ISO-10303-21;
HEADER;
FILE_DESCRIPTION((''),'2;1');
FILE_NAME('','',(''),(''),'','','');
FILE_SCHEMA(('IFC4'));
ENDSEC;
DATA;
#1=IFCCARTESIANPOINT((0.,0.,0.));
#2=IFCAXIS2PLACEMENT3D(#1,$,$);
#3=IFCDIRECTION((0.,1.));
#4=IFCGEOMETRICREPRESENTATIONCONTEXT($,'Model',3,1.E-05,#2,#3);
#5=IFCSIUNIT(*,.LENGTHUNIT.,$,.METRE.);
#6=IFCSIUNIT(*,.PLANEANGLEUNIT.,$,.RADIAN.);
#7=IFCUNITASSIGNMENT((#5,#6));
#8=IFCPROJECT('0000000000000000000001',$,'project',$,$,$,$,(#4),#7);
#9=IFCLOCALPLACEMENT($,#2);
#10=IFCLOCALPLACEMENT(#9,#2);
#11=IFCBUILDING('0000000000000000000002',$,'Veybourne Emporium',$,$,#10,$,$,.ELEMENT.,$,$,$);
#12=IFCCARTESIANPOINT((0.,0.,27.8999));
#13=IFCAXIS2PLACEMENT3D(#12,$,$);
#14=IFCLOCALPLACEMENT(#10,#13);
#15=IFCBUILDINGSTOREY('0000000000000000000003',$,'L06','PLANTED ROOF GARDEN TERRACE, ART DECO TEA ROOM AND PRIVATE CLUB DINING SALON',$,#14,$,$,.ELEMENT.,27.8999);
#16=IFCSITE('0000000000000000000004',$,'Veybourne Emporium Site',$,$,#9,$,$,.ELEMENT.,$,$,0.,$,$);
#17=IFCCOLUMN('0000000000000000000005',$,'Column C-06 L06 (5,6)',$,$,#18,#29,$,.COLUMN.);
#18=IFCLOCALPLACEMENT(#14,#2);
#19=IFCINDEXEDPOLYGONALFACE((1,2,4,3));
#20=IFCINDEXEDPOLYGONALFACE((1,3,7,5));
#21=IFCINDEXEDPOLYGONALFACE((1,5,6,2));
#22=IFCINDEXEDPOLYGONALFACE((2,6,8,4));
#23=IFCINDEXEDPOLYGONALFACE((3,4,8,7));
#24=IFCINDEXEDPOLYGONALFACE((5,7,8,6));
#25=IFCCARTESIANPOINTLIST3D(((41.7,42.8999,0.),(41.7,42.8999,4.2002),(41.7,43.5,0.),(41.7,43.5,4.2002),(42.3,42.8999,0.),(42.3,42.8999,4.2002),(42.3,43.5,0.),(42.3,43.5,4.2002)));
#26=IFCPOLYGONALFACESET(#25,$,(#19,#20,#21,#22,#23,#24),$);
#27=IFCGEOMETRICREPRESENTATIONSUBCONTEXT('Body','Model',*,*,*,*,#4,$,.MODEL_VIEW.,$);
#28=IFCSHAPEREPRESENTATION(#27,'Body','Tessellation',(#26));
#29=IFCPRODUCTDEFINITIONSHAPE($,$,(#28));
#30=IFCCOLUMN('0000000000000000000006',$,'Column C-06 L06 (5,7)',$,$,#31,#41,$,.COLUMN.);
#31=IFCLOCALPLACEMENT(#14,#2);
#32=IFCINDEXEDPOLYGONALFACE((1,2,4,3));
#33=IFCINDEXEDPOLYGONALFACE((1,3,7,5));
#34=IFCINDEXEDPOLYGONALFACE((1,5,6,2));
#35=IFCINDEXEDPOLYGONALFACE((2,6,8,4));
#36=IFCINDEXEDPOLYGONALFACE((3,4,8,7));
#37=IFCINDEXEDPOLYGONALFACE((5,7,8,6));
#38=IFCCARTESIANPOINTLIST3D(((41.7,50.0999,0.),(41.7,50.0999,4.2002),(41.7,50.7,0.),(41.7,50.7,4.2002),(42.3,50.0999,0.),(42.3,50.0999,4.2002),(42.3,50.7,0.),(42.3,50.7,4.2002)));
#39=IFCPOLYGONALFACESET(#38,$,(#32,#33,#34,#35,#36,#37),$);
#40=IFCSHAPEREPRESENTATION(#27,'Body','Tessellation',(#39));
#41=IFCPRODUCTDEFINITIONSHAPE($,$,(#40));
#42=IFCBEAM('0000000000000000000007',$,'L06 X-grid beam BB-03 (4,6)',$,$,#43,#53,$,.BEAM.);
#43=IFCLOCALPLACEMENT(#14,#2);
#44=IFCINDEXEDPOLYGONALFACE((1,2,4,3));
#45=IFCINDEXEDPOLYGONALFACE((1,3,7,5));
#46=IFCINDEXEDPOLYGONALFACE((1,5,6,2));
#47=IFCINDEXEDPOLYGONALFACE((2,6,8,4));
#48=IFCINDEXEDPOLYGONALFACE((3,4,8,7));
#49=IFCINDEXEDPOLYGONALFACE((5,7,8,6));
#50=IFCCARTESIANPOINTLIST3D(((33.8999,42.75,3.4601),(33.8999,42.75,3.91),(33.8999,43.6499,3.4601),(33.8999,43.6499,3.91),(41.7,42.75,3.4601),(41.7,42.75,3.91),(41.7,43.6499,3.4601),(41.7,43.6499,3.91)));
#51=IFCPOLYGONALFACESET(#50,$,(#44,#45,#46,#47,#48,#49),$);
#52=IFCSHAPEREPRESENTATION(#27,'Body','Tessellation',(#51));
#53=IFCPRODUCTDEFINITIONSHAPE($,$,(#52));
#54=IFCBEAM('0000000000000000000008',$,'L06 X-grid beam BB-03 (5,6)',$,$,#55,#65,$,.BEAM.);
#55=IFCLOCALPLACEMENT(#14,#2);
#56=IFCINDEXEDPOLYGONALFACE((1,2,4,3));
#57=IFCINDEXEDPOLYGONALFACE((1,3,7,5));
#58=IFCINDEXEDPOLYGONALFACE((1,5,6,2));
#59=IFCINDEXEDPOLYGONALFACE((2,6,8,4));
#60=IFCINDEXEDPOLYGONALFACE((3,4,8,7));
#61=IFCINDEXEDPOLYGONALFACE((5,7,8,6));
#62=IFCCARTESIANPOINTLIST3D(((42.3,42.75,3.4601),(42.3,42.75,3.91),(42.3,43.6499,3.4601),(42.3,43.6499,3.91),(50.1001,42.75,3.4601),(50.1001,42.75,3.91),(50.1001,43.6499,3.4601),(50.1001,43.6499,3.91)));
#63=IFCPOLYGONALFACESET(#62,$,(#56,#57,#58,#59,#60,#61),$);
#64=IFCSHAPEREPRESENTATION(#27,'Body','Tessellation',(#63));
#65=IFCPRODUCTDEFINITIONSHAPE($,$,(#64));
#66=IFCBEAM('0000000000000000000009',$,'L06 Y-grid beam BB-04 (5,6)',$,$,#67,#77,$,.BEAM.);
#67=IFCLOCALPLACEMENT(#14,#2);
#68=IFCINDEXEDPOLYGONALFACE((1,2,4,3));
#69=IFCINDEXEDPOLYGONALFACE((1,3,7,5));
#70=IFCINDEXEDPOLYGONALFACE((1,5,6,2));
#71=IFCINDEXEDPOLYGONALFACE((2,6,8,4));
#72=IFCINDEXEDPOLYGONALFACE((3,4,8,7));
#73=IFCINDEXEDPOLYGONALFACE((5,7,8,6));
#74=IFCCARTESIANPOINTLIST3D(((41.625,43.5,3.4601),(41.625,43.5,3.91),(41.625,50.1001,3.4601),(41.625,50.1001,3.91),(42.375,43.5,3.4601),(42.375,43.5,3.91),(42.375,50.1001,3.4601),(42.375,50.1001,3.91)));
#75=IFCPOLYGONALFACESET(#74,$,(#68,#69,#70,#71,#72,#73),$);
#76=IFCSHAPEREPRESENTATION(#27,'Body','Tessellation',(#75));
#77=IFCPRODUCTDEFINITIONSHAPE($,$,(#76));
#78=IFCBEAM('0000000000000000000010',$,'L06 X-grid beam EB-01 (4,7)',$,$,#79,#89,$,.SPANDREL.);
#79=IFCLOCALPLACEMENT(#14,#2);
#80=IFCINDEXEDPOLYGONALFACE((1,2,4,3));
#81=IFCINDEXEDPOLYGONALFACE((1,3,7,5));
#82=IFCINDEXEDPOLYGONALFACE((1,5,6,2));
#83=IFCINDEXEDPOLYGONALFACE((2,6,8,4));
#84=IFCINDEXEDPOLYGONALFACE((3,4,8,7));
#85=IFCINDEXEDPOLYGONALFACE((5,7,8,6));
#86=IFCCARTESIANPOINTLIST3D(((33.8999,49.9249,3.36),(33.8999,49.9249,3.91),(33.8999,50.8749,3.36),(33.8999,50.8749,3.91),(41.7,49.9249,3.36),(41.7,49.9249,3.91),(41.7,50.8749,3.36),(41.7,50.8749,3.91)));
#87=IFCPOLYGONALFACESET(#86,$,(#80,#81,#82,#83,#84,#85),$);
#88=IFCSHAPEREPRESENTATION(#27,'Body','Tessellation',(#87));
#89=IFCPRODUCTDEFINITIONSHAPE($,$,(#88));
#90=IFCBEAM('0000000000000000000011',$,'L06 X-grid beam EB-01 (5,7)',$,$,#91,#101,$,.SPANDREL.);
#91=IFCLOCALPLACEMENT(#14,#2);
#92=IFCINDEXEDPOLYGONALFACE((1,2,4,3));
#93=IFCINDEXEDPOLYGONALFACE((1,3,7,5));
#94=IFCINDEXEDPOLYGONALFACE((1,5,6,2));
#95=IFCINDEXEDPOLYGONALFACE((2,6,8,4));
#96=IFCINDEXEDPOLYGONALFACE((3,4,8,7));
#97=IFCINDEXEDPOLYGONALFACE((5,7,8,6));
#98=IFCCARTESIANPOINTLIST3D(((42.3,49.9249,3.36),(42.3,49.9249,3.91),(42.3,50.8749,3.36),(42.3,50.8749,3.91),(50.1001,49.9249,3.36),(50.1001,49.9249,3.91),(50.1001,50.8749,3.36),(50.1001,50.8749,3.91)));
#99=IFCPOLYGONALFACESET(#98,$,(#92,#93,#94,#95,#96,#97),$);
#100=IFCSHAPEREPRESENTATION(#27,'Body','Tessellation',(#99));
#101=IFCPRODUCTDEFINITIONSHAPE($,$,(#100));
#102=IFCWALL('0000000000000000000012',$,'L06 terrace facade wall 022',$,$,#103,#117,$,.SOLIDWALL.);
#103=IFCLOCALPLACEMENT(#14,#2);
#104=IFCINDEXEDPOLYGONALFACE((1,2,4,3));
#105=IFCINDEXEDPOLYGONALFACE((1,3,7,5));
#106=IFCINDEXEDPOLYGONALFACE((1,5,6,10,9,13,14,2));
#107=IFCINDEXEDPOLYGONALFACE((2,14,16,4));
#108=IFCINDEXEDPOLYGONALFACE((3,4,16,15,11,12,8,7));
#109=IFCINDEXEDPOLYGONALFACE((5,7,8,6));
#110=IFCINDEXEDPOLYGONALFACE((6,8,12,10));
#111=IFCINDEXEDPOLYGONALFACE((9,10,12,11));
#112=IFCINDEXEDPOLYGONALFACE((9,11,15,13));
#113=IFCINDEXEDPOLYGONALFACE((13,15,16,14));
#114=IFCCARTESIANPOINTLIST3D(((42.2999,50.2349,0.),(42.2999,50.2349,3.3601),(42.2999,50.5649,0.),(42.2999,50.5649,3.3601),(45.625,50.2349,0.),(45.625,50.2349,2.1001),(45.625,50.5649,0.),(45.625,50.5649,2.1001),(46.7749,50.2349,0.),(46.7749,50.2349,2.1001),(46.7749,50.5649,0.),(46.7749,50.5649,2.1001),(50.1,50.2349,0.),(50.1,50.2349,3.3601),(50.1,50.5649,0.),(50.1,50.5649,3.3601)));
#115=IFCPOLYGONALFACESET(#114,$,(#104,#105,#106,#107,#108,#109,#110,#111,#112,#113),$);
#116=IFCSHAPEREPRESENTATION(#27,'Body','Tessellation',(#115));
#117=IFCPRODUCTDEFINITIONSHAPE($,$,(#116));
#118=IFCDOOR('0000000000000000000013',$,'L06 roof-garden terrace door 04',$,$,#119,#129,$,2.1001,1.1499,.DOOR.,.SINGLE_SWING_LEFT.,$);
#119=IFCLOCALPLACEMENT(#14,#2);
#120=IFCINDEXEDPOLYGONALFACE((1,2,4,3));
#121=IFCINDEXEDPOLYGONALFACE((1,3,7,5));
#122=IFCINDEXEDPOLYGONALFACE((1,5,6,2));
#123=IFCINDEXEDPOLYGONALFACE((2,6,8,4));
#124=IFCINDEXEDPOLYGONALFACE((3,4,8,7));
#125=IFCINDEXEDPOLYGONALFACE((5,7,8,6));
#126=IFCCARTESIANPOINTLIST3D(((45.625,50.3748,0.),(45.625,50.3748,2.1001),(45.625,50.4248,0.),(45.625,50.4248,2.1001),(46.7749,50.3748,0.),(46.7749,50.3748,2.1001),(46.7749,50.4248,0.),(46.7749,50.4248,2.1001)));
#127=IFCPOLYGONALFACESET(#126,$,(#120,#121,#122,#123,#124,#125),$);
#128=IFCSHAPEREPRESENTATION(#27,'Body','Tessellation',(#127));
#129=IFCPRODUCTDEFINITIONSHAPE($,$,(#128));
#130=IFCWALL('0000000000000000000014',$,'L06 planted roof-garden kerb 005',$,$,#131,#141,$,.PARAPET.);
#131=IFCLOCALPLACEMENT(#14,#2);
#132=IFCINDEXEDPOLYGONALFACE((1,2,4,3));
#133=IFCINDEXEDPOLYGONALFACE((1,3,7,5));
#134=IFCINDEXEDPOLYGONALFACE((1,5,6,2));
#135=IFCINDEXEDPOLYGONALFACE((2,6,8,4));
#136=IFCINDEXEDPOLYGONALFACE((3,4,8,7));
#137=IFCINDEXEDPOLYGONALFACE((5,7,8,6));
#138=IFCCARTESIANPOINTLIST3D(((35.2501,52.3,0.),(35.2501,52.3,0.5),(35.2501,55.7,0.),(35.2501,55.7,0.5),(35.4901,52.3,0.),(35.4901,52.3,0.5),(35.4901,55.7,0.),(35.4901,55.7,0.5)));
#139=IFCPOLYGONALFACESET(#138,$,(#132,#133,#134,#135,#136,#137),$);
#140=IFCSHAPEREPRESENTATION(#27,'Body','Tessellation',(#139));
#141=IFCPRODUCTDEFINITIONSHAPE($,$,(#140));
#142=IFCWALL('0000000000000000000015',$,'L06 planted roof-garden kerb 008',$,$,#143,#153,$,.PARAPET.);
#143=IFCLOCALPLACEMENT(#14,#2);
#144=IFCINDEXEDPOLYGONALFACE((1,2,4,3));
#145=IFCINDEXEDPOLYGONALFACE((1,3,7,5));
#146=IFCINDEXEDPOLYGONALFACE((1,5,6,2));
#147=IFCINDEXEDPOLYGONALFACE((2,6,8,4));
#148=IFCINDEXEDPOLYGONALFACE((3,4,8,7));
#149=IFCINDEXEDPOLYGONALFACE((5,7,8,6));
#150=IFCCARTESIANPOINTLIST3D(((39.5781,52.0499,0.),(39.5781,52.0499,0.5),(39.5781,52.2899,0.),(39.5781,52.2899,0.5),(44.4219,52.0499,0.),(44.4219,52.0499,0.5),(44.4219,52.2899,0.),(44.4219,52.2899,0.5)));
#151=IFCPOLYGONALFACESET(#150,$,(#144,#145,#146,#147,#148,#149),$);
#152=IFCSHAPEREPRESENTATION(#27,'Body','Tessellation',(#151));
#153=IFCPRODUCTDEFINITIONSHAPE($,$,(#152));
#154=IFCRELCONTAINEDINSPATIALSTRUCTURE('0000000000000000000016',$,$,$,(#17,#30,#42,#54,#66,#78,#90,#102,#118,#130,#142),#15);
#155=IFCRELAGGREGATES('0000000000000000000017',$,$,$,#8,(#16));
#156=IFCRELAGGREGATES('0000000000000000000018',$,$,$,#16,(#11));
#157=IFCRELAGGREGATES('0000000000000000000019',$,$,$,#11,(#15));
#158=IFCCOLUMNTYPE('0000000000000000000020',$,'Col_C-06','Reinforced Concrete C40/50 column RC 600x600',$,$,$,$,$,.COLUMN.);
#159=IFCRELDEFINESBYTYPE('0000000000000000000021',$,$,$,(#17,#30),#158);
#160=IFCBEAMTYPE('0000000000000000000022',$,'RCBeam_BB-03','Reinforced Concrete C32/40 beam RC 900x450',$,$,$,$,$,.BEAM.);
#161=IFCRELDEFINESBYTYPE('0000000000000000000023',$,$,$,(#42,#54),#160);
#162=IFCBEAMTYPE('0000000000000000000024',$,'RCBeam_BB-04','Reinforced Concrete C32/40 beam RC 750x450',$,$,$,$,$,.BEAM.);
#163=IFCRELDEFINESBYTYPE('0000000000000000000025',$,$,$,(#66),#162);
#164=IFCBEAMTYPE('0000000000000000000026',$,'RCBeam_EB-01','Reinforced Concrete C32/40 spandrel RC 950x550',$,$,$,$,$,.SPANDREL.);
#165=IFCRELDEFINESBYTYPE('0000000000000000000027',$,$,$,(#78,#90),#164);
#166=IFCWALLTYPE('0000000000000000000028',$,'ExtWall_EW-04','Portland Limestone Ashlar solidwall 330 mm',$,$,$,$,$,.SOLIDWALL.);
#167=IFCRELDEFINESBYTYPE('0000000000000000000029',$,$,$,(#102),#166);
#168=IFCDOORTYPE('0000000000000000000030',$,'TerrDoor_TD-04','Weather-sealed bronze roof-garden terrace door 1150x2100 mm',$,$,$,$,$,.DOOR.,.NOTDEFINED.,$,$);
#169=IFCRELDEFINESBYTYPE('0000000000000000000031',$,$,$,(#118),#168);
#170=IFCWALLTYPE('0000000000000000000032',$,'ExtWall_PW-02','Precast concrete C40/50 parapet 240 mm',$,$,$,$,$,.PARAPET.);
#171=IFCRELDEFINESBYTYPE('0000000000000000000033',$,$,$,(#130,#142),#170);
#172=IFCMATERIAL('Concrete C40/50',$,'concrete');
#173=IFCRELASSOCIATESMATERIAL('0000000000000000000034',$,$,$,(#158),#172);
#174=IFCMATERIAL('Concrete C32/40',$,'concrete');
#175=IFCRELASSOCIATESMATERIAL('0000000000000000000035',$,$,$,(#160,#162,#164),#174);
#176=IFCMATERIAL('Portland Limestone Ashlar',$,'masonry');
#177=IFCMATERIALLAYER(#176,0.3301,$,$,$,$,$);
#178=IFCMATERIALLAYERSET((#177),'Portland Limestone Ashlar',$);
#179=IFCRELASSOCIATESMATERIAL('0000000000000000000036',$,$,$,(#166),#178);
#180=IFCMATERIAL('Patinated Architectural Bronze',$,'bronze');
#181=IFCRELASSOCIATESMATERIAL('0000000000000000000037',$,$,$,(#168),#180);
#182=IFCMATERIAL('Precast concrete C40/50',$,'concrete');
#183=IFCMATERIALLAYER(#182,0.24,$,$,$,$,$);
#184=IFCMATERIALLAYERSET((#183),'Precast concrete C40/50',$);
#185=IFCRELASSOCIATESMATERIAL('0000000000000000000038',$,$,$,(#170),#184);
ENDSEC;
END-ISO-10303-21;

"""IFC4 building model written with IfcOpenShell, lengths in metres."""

from ifc_helpers import new_model, si_unit, direction, frame, frame_2d, origin, origin_2d, place, context, subcontext, project, spatial, rectangle, extrude, material, layer, layer_set, material_profile, profile_set, type_object, element, fill, save


model = new_model("IFC4")

# Units and contexts
model_context = context("Model", 3, precision=1e-05, world=origin(), true_north=direction((0.0, 1.0)))
body_context = subcontext(model_context, "Body", "Model", "MODEL_VIEW")
ifc_project = project(units=[si_unit("LENGTHUNIT", "METRE"), si_unit("PLANEANGLEUNIT", "RADIAN")], contexts=[model_context])

# Site, building, storey
site_placement = place(None, origin())
site = spatial("IfcSite", under=ifc_project, at=site_placement, Name="Veybourne Emporium Site", CompositionType="ELEMENT", RefElevation=0.0)
building_placement = place(site_placement, origin())
building = spatial("IfcBuilding", under=site, at=building_placement, Name="Veybourne Emporium", CompositionType="ELEMENT")
storey_placement = place(building_placement, frame((0.0, 0.0, 27.8999)))
storey = spatial("IfcBuildingStorey", under=building, at=storey_placement, Name="L06", Description="PLANTED ROOF GARDEN TERRACE, ART DECO TEA ROOM AND PRIVATE CLUB DINING SALON", CompositionType="ELEMENT", Elevation=27.8999)

# Columns
ifc_material_1 = material(Name="Concrete C40/50", Category="concrete")
ifc_material_profile_1 = material_profile(ifc_material_1, rectangle(XDim=0.6001, YDim=0.6001, at=origin_2d()), Name="RC 600x600")
ifc_profile_set_1 = profile_set([ifc_material_profile_1], Name="Concrete C40/50")
column_type = type_object("IfcColumnType", Name="Col_C-06", Description="Reinforced Concrete C40/50 column RC 600x600", PredefinedType="COLUMN", material=ifc_profile_set_1)
for number, where, z_axis, x_axis, name in (
    (1, (42.0, 43.2, 0.0), (0.0, 0.0, 1.0), (1.0, 0.0, 0.0), "Column C-06 L06 (5,6)"),
    (2, (42.0, 50.3999, 0.0), (0.0, 0.0, 1.0), (1.0, 0.0, 0.0), "Column C-06 L06 (5,7)"),
):
    element("IfcColumn", number, at=place(storey_placement, frame(where, z_axis=z_axis, x_axis=x_axis)), inside=storey, type_object=column_type, Name=name, PredefinedType="COLUMN", context=body_context, shape_type="SweptSolid", body=[
        extrude(rectangle(XDim=0.6001, YDim=0.6001, at=origin_2d()), origin(), (0.0, 0.0, 1.0), 4.2002),
    ])

# Beams
ifc_material_2 = material(Name="Concrete C32/40", Category="concrete")
ifc_material_profile_2 = material_profile(ifc_material_2, rectangle(XDim=0.8999, YDim=0.45, at=origin_2d()), Name="RC 900x450")
ifc_profile_set_2 = profile_set([ifc_material_profile_2], Name="Concrete C32/40")
beam_type_1 = type_object("IfcBeamType", Name="RCBeam_BB-03", Description="Reinforced Concrete C32/40 beam RC 900x450", PredefinedType="BEAM", material=ifc_profile_set_2)
for number, where, z_axis, x_axis, name in (
    (3, (33.8999, 43.2, 3.6851), (1.0, 0.0, 0.0), (0.0, 1.0, 0.0), "L06 X-grid beam BB-03 (4,6)"),
    (4, (42.3, 43.2, 3.6851), (1.0, 0.0, 0.0), (0.0, 1.0, 0.0), "L06 X-grid beam BB-03 (5,6)"),
):
    element("IfcBeam", number, at=place(storey_placement, frame(where, z_axis=z_axis, x_axis=x_axis)), inside=storey, type_object=beam_type_1, Name=name, PredefinedType="BEAM", context=body_context, shape_type="SweptSolid", body=[
        extrude(rectangle(XDim=0.8999, YDim=0.45, at=origin_2d()), origin(), (0.0, 0.0, 1.0), 7.8),
    ])
ifc_material_profile_3 = material_profile(ifc_material_2, rectangle(XDim=0.75, YDim=0.45, at=origin_2d()), Name="RC 750x450")
ifc_profile_set_3 = profile_set([ifc_material_profile_3], Name="Concrete C32/40")
beam_type_2 = type_object("IfcBeamType", Name="RCBeam_BB-04", Description="Reinforced Concrete C32/40 beam RC 750x450", PredefinedType="BEAM", material=ifc_profile_set_3)
beam_placement = place(storey_placement, frame((42.0, 43.5, 3.6851), z_axis=(0.0, 1.0, 0.0), x_axis=(-1.0, 0.0, 0.0)))
element("IfcBeam", 5, at=beam_placement, inside=storey, type_object=beam_type_2, Name="L06 Y-grid beam BB-04 (5,6)", PredefinedType="BEAM", context=body_context, shape_type="SweptSolid", body=[
    extrude(rectangle(XDim=0.75, YDim=0.45, at=origin_2d()), origin(), (0.0, 0.0, 1.0), 6.6001),
])
ifc_material_profile_4 = material_profile(ifc_material_2, rectangle(XDim=0.95, YDim=0.55, at=origin_2d()), Name="RC 950x550")
ifc_profile_set_4 = profile_set([ifc_material_profile_4], Name="Concrete C32/40")
beam_type_3 = type_object("IfcBeamType", Name="RCBeam_EB-01", Description="Reinforced Concrete C32/40 spandrel RC 950x550", PredefinedType="SPANDREL", material=ifc_profile_set_4)
for number, where, z_axis, x_axis, name in (
    (6, (33.8999, 50.3999, 3.635), (1.0, 0.0, 0.0), (0.0, 1.0, 0.0), "L06 X-grid beam EB-01 (4,7)"),
    (7, (42.3, 50.3999, 3.635), (1.0, 0.0, 0.0), (0.0, 1.0, 0.0), "L06 X-grid beam EB-01 (5,7)"),
):
    element("IfcBeam", number, at=place(storey_placement, frame(where, z_axis=z_axis, x_axis=x_axis)), inside=storey, type_object=beam_type_3, Name=name, PredefinedType="SPANDREL", context=body_context, shape_type="SweptSolid", body=[
        extrude(rectangle(XDim=0.95, YDim=0.55, at=origin_2d()), origin(), (0.0, 0.0, 1.0), 7.8),
    ])

# Wall, opening, door
ifc_material_3 = material(Name="Portland Limestone Ashlar", Category="masonry")
ifc_layer_1 = layer(ifc_material_3, 0.3301)
ifc_layer_set_1 = layer_set([ifc_layer_1], Name="Portland Limestone Ashlar")
wall_type_1 = type_object("IfcWallType", Name="ExtWall_EW-04", Description="Portland Limestone Ashlar solidwall 330 mm", PredefinedType="SOLIDWALL", material=ifc_layer_set_1)
ifc_material_4 = material(Name="Patinated Architectural Bronze", Category="bronze")
wall_1_placement = place(storey_placement, frame((42.3, 50.3999, 0.0), z_axis=(0.0, 0.0, 1.0), x_axis=(1.0, 0.0, 0.0)))
wall_1 = element("IfcWall", 8, at=wall_1_placement, inside=storey, type_object=wall_type_1, Name="L06 terrace facade wall 022", PredefinedType="SOLIDWALL", context=body_context, shape_type="SweptSolid", body=[
    extrude(rectangle(XDim=7.8, YDim=0.3301, at=frame_2d((3.8999, 0.0))), origin(), (0.0, 0.0, 1.0), 3.3601),
])
opening_1_placement = place(wall_1_placement, frame((3.325, 0.0, 0.0)))
opening_1 = element("IfcOpeningElement", 9, at=opening_1_placement, cuts=wall_1, PredefinedType="OPENING", context=body_context, shape_type="SweptSolid", body=[
    extrude(rectangle(XDim=1.1499, YDim=2.1001, at=frame_2d((0.575, 1.05))), frame((0.0, 0.1851, 0.0), z_axis=(0.0, -1.0, 0.0), x_axis=(1.0, 0.0, 0.0)), (0.0, 0.0, 1.0), 0.3701),
])
door_type_1 = type_object("IfcDoorType", Name="TerrDoor_TD-04", Description="Weather-sealed bronze roof-garden terrace door 1150x2100 mm", OperationType="NOTDEFINED", PredefinedType="DOOR", material=ifc_material_4)
door_1_placement = place(opening_1_placement, origin())
door_1 = element("IfcDoor", 10, at=door_1_placement, inside=storey, type_object=door_type_1, Name="L06 roof-garden terrace door 04", OperationType="SINGLE_SWING_LEFT", OverallHeight=2.1001, OverallWidth=1.1499, PredefinedType="DOOR", context=body_context, shape_type="SweptSolid", body=[
    extrude(rectangle(XDim=1.1499, YDim=2.1001, at=frame_2d((0.575, 1.05))), frame((0.0, 0.0249, 0.0), z_axis=(0.0, -1.0, 0.0), x_axis=(1.0, 0.0, 0.0)), (0.0, 0.0, 1.0), 0.05),
])
fill(opening_1, door_1)

# Walls
ifc_material_5 = material(Name="Precast concrete C40/50", Category="concrete")
ifc_layer_2 = layer(ifc_material_5, 0.24)
ifc_layer_set_2 = layer_set([ifc_layer_2], Name="Precast concrete C40/50")
wall_type_2 = type_object("IfcWallType", Name="ExtWall_PW-02", Description="Precast concrete C40/50 parapet 240 mm", PredefinedType="PARAPET", material=ifc_layer_set_2)
wall_2_placement = place(storey_placement, frame((35.3701, 52.3, 0.0), z_axis=(0.0, 0.0, 1.0), x_axis=(0.0, 1.0, 0.0)))
element("IfcWall", 11, at=wall_2_placement, inside=storey, type_object=wall_type_2, Name="L06 planted roof-garden kerb 005", PredefinedType="PARAPET", context=body_context, shape_type="SweptSolid", body=[
    extrude(rectangle(XDim=3.3999, YDim=0.24, at=frame_2d((1.7, 0.0))), origin(), (0.0, 0.0, 1.0), 0.5),
])
wall_3_placement = place(storey_placement, frame((44.4219, 52.1699, 0.0), z_axis=(0.0, 0.0, 1.0), x_axis=(-1.0, 0.0, 0.0)))
element("IfcWall", 12, at=wall_3_placement, inside=storey, type_object=wall_type_2, Name="L06 planted roof-garden kerb 008", PredefinedType="PARAPET", context=body_context, shape_type="SweptSolid", body=[
    extrude(rectangle(XDim=4.8438, YDim=0.24, at=frame_2d((2.4219, 0.0))), origin(), (0.0, 0.0, 1.0), 0.5),
])

save(model, "model.ifc")
